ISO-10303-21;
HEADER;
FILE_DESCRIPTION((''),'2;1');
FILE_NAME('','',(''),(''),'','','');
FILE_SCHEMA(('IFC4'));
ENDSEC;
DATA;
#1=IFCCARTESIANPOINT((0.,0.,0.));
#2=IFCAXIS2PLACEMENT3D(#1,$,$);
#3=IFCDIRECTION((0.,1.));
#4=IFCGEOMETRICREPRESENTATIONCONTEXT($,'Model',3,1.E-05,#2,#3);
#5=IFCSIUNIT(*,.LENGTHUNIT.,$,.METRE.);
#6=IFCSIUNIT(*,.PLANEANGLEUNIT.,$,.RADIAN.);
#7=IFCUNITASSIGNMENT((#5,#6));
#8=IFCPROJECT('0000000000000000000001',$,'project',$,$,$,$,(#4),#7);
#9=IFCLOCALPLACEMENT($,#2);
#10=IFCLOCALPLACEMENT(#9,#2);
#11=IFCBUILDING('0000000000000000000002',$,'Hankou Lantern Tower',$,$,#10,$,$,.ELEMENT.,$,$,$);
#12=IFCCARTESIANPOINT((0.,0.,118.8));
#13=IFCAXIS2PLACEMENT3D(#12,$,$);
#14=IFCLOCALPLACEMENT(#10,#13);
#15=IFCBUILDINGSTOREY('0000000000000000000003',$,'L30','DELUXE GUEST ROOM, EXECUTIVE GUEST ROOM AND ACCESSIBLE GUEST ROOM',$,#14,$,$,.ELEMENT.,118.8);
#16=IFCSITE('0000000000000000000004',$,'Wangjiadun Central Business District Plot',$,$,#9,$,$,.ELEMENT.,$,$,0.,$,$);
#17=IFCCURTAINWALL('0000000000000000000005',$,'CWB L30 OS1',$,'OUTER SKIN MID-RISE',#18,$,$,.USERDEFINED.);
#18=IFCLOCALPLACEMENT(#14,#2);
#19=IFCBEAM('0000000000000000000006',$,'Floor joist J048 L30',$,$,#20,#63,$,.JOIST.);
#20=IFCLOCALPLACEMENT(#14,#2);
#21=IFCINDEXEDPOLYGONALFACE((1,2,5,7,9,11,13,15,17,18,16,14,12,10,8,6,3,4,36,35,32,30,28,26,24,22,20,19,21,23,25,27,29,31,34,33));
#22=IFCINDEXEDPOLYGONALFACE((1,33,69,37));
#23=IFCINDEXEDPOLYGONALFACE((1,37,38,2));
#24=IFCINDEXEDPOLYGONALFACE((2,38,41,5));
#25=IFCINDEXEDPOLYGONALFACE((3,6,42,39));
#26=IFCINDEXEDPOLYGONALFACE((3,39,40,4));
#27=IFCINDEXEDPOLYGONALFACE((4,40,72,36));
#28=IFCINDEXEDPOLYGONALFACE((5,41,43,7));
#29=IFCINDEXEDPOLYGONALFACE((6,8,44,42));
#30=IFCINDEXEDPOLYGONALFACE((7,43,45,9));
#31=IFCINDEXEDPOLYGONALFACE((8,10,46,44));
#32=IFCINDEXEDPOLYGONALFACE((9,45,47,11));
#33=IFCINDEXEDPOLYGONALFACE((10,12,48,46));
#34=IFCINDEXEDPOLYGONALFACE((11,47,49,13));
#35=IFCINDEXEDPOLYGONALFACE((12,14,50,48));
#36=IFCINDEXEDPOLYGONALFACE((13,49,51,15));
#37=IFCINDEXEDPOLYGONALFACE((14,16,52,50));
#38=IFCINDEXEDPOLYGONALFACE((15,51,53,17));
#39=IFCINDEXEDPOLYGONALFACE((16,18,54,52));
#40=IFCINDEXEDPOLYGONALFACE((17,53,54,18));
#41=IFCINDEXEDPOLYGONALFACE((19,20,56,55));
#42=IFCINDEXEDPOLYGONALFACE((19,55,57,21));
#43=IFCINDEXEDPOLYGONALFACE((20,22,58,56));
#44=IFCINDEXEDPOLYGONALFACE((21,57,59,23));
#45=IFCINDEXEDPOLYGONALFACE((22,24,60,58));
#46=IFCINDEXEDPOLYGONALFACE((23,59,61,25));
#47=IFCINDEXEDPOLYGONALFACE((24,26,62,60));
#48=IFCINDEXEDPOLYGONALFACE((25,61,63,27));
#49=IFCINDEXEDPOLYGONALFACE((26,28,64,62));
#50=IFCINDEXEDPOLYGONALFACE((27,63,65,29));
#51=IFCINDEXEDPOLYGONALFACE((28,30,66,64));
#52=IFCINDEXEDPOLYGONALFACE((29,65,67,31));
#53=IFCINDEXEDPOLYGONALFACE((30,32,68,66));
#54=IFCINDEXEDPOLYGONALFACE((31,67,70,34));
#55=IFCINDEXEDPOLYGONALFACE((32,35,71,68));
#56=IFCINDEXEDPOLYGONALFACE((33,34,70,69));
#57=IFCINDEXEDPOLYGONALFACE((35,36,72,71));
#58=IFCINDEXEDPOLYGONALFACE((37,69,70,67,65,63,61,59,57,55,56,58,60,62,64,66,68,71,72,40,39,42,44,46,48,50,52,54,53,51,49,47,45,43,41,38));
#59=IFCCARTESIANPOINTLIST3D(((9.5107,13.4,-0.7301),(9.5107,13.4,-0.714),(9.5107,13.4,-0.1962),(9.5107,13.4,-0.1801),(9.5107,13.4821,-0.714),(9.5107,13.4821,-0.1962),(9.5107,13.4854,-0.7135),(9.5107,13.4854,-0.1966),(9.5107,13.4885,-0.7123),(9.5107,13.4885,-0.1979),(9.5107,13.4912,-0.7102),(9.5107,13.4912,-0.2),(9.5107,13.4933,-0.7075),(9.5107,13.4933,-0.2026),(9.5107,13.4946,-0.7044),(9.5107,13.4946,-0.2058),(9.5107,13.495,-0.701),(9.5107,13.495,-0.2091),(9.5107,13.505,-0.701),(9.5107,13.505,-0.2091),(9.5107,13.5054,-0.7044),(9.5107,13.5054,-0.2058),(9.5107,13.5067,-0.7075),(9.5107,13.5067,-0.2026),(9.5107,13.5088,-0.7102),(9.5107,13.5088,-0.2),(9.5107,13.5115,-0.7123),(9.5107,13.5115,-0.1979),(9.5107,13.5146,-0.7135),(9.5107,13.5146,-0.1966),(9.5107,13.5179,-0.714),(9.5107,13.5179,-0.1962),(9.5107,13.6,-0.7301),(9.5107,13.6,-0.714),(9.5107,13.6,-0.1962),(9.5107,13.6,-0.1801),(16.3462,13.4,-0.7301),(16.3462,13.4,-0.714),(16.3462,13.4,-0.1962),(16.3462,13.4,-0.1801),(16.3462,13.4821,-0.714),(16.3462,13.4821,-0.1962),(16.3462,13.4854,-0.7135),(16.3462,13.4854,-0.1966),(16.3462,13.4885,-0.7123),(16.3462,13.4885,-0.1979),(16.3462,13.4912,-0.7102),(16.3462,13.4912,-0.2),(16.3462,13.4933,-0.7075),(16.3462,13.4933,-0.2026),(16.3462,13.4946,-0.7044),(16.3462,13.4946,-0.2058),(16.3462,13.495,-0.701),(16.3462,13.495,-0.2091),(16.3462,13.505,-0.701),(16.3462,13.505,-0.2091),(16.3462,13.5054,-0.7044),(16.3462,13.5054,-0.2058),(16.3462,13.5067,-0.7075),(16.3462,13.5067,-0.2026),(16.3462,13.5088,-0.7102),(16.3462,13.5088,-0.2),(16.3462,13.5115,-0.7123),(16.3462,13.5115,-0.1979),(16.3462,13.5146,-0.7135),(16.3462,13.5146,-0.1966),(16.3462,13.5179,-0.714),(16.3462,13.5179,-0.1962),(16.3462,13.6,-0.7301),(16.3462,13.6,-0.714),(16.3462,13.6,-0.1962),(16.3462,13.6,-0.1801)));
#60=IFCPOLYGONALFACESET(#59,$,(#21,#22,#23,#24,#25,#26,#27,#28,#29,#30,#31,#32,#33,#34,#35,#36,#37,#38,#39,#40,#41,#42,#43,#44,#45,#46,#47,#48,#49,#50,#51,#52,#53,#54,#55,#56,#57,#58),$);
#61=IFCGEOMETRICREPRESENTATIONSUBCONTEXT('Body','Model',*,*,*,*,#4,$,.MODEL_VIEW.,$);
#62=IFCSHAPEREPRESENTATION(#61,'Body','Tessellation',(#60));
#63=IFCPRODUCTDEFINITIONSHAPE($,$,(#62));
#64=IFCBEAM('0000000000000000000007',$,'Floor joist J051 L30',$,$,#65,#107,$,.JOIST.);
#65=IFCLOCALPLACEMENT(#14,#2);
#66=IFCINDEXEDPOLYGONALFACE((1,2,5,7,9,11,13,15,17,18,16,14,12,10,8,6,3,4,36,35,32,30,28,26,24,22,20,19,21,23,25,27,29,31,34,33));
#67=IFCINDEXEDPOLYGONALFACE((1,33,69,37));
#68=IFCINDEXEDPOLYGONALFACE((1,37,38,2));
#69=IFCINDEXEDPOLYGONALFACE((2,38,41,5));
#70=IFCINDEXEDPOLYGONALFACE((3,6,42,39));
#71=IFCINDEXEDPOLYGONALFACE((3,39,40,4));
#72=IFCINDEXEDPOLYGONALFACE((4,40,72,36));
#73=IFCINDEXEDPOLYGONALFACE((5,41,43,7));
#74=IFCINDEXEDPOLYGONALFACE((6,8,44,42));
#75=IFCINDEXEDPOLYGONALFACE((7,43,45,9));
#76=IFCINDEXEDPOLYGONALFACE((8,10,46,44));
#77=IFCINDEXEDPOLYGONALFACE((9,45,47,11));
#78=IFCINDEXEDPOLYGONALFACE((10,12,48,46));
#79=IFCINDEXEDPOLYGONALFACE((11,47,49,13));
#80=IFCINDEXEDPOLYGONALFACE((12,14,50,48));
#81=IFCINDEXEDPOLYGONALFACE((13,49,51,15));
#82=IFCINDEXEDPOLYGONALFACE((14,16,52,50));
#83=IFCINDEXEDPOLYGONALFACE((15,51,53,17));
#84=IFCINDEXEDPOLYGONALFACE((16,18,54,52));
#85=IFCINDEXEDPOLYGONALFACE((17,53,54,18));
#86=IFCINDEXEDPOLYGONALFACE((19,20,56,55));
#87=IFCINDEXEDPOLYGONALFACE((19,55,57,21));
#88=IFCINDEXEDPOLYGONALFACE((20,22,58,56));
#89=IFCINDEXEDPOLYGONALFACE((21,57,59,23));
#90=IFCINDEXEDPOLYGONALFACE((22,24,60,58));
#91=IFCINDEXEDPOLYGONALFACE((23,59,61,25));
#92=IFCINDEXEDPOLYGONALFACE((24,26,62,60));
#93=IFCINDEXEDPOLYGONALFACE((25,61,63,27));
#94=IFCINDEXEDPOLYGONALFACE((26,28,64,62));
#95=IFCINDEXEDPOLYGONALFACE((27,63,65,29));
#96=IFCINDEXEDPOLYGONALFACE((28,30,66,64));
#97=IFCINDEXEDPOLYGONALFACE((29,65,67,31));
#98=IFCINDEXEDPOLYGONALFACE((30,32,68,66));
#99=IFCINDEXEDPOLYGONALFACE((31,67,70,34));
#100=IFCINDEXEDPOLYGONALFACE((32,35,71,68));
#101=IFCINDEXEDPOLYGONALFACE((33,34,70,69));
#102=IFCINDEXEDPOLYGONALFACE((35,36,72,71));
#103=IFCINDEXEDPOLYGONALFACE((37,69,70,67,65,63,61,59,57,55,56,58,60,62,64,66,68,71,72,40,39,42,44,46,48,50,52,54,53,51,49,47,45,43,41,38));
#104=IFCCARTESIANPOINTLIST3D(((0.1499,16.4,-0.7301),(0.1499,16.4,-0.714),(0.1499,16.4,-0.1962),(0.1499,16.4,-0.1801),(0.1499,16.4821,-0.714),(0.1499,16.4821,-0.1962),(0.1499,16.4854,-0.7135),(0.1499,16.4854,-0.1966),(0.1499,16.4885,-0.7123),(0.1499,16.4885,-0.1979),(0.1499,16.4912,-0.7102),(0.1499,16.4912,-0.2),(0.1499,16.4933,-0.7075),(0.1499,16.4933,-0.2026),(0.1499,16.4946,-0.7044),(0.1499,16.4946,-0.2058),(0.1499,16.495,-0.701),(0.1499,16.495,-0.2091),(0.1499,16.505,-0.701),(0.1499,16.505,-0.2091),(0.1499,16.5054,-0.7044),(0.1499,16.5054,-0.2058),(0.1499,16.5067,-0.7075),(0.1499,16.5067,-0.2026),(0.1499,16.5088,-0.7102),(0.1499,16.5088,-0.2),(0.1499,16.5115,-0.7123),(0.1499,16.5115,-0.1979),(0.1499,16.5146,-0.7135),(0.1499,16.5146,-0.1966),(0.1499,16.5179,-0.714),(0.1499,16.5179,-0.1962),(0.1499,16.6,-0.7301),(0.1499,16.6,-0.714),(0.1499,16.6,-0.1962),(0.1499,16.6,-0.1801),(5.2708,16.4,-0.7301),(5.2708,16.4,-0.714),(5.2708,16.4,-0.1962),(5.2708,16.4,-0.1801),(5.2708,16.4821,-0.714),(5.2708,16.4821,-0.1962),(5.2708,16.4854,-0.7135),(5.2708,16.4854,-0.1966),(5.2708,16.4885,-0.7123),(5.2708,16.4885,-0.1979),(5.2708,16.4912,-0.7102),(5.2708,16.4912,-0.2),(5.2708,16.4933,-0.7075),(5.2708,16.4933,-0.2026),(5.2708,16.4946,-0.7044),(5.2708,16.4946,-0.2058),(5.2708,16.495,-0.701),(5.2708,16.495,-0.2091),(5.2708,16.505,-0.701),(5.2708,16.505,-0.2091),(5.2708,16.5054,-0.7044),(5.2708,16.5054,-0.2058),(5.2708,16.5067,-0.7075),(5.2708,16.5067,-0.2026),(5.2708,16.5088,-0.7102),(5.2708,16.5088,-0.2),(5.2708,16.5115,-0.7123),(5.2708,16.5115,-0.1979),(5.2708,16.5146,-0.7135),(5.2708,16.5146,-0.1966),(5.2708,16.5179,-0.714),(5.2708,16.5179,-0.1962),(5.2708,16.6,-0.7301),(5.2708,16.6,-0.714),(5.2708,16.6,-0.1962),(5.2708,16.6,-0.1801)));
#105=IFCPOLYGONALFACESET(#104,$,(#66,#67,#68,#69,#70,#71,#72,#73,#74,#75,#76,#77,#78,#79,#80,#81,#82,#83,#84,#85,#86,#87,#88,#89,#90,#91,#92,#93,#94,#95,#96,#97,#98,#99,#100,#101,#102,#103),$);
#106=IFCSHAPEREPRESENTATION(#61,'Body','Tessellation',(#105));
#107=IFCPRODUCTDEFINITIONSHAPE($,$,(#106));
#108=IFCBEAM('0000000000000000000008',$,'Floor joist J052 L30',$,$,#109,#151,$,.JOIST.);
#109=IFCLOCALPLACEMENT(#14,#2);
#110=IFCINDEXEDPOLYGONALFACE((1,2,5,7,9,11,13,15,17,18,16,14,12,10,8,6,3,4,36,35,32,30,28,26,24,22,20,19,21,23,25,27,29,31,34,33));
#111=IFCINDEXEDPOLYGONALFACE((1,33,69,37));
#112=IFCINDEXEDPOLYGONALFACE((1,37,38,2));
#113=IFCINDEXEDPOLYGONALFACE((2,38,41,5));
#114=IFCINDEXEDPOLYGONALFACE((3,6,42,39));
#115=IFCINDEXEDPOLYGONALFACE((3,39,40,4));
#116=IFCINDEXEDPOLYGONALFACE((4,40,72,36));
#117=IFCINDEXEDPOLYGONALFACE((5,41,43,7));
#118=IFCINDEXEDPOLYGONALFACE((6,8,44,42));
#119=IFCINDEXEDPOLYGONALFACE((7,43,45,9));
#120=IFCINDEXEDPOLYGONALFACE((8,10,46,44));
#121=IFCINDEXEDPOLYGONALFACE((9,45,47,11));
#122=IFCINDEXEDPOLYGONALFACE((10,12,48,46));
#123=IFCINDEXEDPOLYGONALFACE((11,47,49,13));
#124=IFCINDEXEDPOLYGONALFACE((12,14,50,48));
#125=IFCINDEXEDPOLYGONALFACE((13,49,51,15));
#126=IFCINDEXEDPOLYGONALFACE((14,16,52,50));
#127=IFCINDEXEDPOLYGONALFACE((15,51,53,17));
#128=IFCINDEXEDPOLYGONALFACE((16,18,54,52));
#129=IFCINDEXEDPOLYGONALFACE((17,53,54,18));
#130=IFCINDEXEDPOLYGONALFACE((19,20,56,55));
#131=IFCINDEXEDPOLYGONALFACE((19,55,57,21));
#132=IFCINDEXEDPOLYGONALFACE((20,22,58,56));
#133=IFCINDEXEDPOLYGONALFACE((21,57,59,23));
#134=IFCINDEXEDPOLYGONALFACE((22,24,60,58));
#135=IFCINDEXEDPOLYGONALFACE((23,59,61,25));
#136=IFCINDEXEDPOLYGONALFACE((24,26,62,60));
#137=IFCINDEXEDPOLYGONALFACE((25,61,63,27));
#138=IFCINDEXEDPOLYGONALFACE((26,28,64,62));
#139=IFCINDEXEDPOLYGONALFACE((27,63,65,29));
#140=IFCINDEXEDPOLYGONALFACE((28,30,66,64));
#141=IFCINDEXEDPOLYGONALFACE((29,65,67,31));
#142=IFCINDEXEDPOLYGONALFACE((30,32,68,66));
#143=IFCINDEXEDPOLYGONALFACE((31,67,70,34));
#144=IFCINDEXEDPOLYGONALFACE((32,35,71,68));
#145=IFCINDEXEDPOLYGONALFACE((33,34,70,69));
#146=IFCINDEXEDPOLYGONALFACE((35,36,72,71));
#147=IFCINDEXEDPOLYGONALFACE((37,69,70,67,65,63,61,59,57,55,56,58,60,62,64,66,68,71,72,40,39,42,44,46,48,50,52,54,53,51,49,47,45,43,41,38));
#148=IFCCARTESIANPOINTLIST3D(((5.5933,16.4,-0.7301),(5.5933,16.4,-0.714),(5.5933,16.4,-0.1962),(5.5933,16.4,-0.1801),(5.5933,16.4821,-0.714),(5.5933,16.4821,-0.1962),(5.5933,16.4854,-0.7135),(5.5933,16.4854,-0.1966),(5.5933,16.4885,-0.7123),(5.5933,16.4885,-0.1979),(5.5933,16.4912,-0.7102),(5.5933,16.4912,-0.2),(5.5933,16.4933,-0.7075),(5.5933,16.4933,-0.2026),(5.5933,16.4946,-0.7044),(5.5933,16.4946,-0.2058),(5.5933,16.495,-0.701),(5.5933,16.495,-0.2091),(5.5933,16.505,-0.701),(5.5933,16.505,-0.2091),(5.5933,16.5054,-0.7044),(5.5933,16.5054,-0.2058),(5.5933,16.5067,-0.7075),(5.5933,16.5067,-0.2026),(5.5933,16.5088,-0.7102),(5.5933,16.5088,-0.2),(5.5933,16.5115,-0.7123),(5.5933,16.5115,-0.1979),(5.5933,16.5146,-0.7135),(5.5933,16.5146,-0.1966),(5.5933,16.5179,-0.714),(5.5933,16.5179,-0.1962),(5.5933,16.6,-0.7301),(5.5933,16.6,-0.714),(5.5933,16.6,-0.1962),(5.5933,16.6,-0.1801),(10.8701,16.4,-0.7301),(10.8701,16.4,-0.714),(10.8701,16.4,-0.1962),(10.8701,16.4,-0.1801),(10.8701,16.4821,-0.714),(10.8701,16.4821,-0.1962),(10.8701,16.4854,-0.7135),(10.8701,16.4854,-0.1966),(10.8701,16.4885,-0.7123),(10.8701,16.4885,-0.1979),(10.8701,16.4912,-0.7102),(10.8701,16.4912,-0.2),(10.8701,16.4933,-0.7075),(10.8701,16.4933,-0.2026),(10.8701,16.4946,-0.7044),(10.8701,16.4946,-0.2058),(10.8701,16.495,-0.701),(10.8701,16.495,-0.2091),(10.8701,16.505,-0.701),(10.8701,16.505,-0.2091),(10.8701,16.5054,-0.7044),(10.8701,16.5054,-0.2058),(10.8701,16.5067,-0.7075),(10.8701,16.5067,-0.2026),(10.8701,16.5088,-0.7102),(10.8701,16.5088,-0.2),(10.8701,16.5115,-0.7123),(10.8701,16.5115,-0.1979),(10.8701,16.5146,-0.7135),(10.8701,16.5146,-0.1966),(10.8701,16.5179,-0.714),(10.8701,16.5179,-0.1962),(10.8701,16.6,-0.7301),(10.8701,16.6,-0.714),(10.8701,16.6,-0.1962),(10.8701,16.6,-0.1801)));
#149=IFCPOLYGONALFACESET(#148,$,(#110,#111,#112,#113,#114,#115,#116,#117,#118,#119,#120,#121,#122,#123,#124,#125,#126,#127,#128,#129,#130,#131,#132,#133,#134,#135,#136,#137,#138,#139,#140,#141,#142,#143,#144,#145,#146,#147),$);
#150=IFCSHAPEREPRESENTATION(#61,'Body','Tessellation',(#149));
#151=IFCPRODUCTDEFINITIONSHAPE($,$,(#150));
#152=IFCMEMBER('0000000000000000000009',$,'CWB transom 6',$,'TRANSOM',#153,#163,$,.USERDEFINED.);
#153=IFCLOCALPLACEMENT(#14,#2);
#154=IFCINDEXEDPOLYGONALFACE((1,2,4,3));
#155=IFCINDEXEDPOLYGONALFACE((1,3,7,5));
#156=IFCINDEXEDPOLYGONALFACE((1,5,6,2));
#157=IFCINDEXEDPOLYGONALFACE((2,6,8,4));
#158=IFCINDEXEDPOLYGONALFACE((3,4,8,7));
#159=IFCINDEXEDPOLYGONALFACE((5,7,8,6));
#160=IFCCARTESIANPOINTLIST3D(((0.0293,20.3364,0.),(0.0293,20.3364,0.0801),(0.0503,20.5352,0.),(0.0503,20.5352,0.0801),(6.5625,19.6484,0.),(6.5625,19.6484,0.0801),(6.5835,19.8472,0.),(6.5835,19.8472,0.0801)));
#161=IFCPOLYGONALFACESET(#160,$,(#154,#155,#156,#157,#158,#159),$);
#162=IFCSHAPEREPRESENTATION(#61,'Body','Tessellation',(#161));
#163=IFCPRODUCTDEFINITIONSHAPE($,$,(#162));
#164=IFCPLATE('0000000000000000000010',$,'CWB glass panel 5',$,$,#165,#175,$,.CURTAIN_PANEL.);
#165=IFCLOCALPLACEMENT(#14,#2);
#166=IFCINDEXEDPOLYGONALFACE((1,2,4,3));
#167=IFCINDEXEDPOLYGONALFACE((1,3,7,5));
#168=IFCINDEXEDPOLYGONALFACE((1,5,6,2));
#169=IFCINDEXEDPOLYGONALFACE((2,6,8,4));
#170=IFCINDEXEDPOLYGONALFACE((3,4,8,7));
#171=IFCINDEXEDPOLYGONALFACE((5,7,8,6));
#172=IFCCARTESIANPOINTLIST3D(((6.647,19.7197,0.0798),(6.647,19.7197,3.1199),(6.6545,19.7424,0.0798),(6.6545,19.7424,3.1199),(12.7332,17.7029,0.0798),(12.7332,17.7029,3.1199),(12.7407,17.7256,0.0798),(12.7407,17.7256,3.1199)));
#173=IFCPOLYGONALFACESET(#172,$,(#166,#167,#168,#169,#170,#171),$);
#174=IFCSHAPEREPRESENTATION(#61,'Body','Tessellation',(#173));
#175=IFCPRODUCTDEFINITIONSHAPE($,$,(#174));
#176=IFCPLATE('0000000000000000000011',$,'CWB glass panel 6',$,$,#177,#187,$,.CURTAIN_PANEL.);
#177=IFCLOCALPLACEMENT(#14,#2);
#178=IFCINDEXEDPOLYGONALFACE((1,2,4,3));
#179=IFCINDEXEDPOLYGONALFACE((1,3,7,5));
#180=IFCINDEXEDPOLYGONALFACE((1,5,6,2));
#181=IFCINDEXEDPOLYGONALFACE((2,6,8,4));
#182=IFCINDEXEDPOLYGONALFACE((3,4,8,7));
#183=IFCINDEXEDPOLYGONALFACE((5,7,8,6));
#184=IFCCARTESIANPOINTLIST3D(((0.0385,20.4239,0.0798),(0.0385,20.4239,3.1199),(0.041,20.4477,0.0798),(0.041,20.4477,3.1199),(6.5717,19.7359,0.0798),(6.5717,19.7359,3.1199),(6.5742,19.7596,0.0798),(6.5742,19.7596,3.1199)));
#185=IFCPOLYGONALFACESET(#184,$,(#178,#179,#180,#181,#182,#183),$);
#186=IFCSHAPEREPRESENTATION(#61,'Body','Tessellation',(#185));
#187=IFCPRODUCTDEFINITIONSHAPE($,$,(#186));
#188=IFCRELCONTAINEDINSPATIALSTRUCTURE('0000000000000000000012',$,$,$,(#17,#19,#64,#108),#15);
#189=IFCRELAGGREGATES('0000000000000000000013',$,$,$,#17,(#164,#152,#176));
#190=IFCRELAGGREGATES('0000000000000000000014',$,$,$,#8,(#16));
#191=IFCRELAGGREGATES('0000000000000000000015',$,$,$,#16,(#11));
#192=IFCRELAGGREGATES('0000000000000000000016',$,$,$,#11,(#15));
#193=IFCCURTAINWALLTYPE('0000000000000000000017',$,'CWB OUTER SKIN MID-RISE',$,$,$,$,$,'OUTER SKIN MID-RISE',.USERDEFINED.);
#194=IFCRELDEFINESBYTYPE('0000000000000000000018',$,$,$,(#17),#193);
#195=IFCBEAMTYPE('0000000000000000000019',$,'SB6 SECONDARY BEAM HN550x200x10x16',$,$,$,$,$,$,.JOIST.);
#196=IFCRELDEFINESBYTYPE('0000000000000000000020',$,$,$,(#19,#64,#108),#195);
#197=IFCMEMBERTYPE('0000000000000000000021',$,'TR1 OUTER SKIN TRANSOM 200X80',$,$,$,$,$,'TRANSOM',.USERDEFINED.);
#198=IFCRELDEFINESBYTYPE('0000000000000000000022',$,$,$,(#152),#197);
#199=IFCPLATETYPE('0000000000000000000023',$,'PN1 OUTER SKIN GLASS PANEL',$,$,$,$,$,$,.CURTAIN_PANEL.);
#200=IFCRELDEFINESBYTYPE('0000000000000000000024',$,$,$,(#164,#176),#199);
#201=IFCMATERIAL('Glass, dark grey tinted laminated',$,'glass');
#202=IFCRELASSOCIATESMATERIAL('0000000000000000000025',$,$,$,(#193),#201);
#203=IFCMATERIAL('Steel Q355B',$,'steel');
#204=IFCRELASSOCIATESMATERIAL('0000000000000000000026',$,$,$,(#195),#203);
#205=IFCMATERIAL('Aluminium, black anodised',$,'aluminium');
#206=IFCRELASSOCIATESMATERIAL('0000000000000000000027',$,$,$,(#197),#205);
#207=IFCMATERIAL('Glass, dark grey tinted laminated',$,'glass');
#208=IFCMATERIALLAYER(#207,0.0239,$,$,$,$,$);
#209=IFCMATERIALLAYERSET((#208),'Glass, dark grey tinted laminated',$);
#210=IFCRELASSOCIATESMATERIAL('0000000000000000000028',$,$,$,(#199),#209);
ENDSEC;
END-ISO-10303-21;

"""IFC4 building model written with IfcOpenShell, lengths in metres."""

from ifc_helpers import new_model, si_unit, direction, frame, origin, origin_2d, place, context, subcontext, project, spatial, rectangle, i_section, extrude, material, layer, layer_set, material_profile, profile_set, type_object, element, aggregate, save


model = new_model("IFC4")

# Units and contexts
model_context = context("Model", 3, precision=1e-05, world=origin(), true_north=direction((0.0, 1.0)))
body_context = subcontext(model_context, "Body", "Model", "MODEL_VIEW")
ifc_project = project(units=[si_unit("LENGTHUNIT", "METRE"), si_unit("PLANEANGLEUNIT", "RADIAN")], contexts=[model_context])

# Site, building, storey
site_placement = place(None, origin())
site = spatial("IfcSite", under=ifc_project, at=site_placement, Name="Wangjiadun Central Business District Plot", CompositionType="ELEMENT", RefElevation=0.0)
building_placement = place(site_placement, origin())
building = spatial("IfcBuilding", under=site, at=building_placement, Name="Hankou Lantern Tower", CompositionType="ELEMENT")
storey_placement = place(building_placement, frame((0.0, 0.0, 118.8)))
storey = spatial("IfcBuildingStorey", under=building, at=storey_placement, Name="L30", Description="DELUXE GUEST ROOM, EXECUTIVE GUEST ROOM AND ACCESSIBLE GUEST ROOM", CompositionType="ELEMENT", Elevation=118.8)

# Curtain wall
ifc_material_1 = material(Name="Glass, dark grey tinted laminated", Category="glass")
curtain_wall_type = type_object("IfcCurtainWallType", Name="CWB OUTER SKIN MID-RISE", ElementType="OUTER SKIN MID-RISE", PredefinedType="USERDEFINED", material=ifc_material_1)
curtain_wall_1_placement = place(storey_placement, origin())
curtain_wall_1 = element("IfcCurtainWall", 1, at=curtain_wall_1_placement, inside=storey, type_object=curtain_wall_type, Name="CWB L30 OS1", ObjectType="OUTER SKIN MID-RISE", PredefinedType="USERDEFINED")

# Beams
ifc_material_2 = material(Name="Steel Q355B", Category="steel")
ifc_material_profile_1 = material_profile(ifc_material_2, i_section(OverallWidth=0.2, OverallDepth=0.55, WebThickness=0.01, FlangeThickness=0.0161, FilletRadius=0.0129, at=origin_2d()), Name="HN550x200x10x16")
ifc_profile_set_1 = profile_set([ifc_material_profile_1], Name="Steel Q355B")
beam_type_1 = type_object("IfcBeamType", Name="SB6 SECONDARY BEAM HN550x200x10x16", PredefinedType="JOIST", material=ifc_profile_set_1)
beam_1_placement = place(storey_placement, frame((9.5107, 13.5, -0.4551), z_axis=(1.0, 0.0, 0.0), x_axis=(0.0, 1.0, 0.0)))
element("IfcBeam", 2, at=beam_1_placement, inside=storey, type_object=beam_type_1, Name="Floor joist J048 L30", PredefinedType="JOIST", context=body_context, shape_type="SweptSolid", body=[
    extrude(i_section(OverallWidth=0.2, OverallDepth=0.55, WebThickness=0.01, FlangeThickness=0.0161, FilletRadius=0.0129, at=origin_2d()), origin(), (0.0, 0.0, 1.0), 6.8354),
])
beam_2_placement = place(storey_placement, frame((0.1499, 16.5, -0.4551), z_axis=(1.0, 0.0, 0.0), x_axis=(0.0, 1.0, 0.0)))
element("IfcBeam", 3, at=beam_2_placement, inside=storey, type_object=beam_type_1, Name="Floor joist J051 L30", PredefinedType="JOIST", context=body_context, shape_type="SweptSolid", body=[
    extrude(i_section(OverallWidth=0.2, OverallDepth=0.55, WebThickness=0.01, FlangeThickness=0.0161, FilletRadius=0.0129, at=origin_2d()), origin(), (0.0, 0.0, 1.0), 5.1208),
])
beam_3_placement = place(storey_placement, frame((5.5933, 16.5, -0.4551), z_axis=(1.0, 0.0, 0.0), x_axis=(0.0, 1.0, 0.0)))
element("IfcBeam", 4, at=beam_3_placement, inside=storey, type_object=beam_type_1, Name="Floor joist J052 L30", PredefinedType="JOIST", context=body_context, shape_type="SweptSolid", body=[
    extrude(i_section(OverallWidth=0.2, OverallDepth=0.55, WebThickness=0.01, FlangeThickness=0.0161, FilletRadius=0.0129, at=origin_2d()), origin(), (0.0, 0.0, 1.0), 5.2769),
])

# Member
ifc_material_3 = material(Name="Aluminium, black anodised", Category="aluminium")
ifc_material_profile_2 = material_profile(ifc_material_3, rectangle(XDim=0.2, YDim=0.0801, at=origin_2d()), Name="TR1 200X80")
ifc_profile_set_2 = profile_set([ifc_material_profile_2], Name="Aluminium, black anodised")
member_type_1 = type_object("IfcMemberType", Name="TR1 OUTER SKIN TRANSOM 200X80", ElementType="TRANSOM", PredefinedType="USERDEFINED", material=ifc_profile_set_2)
member_1_placement = place(storey_placement, frame((6.573, 19.7478, 0.04), z_axis=(-0.994501, 0.104727, 0.0), x_axis=(-0.104727, -0.994501, 0.0)))
member_1 = element("IfcMember", 5, at=member_1_placement, type_object=member_type_1, Name="CWB transom 6", ObjectType="TRANSOM", PredefinedType="USERDEFINED", context=body_context, shape_type="SweptSolid", body=[
    extrude(rectangle(XDim=0.2, YDim=0.0801, at=origin_2d()), origin(), (0.0, 0.0, 1.0), 6.5693),
])

# Plates
ifc_material_4 = material(Name="Glass, dark grey tinted laminated", Category="glass")
ifc_layer_1 = layer(ifc_material_4, 0.0239)
ifc_layer_set_1 = layer_set([ifc_layer_1], Name="Glass, dark grey tinted laminated")
plate_type = type_object("IfcPlateType", Name="PN1 OUTER SKIN GLASS PANEL", PredefinedType="CURTAIN_PANEL", material=ifc_layer_set_1)
plate_1_placement = place(storey_placement, frame((9.6938, 18.7227, 0.0798), z_axis=(0.0, 0.0, 1.0), x_axis=(-0.949241, 0.314551, 0.0)))
plate_1 = element("IfcPlate", 6, at=plate_1_placement, type_object=plate_type, Name="CWB glass panel 5", PredefinedType="CURTAIN_PANEL", context=body_context, shape_type="SweptSolid", body=[
    extrude(rectangle(XDim=6.4116, YDim=0.0239, at=origin_2d()), origin(), (0.0, 0.0, 1.0), 3.04),
])
plate_2_placement = place(storey_placement, frame((3.3064, 20.0918, 0.0798), z_axis=(0.0, 0.0, 1.0), x_axis=(-0.994499, 0.104743, 0.0)))
plate_2 = element("IfcPlate", 7, at=plate_2_placement, type_object=plate_type, Name="CWB glass panel 6", PredefinedType="CURTAIN_PANEL", context=body_context, shape_type="SweptSolid", body=[
    extrude(rectangle(XDim=6.5693, YDim=0.0239, at=origin_2d()), origin(), (0.0, 0.0, 1.0), 3.04),
])
aggregate(curtain_wall_1, [plate_1, member_1, plate_2])

save(model, "model.ifc")
